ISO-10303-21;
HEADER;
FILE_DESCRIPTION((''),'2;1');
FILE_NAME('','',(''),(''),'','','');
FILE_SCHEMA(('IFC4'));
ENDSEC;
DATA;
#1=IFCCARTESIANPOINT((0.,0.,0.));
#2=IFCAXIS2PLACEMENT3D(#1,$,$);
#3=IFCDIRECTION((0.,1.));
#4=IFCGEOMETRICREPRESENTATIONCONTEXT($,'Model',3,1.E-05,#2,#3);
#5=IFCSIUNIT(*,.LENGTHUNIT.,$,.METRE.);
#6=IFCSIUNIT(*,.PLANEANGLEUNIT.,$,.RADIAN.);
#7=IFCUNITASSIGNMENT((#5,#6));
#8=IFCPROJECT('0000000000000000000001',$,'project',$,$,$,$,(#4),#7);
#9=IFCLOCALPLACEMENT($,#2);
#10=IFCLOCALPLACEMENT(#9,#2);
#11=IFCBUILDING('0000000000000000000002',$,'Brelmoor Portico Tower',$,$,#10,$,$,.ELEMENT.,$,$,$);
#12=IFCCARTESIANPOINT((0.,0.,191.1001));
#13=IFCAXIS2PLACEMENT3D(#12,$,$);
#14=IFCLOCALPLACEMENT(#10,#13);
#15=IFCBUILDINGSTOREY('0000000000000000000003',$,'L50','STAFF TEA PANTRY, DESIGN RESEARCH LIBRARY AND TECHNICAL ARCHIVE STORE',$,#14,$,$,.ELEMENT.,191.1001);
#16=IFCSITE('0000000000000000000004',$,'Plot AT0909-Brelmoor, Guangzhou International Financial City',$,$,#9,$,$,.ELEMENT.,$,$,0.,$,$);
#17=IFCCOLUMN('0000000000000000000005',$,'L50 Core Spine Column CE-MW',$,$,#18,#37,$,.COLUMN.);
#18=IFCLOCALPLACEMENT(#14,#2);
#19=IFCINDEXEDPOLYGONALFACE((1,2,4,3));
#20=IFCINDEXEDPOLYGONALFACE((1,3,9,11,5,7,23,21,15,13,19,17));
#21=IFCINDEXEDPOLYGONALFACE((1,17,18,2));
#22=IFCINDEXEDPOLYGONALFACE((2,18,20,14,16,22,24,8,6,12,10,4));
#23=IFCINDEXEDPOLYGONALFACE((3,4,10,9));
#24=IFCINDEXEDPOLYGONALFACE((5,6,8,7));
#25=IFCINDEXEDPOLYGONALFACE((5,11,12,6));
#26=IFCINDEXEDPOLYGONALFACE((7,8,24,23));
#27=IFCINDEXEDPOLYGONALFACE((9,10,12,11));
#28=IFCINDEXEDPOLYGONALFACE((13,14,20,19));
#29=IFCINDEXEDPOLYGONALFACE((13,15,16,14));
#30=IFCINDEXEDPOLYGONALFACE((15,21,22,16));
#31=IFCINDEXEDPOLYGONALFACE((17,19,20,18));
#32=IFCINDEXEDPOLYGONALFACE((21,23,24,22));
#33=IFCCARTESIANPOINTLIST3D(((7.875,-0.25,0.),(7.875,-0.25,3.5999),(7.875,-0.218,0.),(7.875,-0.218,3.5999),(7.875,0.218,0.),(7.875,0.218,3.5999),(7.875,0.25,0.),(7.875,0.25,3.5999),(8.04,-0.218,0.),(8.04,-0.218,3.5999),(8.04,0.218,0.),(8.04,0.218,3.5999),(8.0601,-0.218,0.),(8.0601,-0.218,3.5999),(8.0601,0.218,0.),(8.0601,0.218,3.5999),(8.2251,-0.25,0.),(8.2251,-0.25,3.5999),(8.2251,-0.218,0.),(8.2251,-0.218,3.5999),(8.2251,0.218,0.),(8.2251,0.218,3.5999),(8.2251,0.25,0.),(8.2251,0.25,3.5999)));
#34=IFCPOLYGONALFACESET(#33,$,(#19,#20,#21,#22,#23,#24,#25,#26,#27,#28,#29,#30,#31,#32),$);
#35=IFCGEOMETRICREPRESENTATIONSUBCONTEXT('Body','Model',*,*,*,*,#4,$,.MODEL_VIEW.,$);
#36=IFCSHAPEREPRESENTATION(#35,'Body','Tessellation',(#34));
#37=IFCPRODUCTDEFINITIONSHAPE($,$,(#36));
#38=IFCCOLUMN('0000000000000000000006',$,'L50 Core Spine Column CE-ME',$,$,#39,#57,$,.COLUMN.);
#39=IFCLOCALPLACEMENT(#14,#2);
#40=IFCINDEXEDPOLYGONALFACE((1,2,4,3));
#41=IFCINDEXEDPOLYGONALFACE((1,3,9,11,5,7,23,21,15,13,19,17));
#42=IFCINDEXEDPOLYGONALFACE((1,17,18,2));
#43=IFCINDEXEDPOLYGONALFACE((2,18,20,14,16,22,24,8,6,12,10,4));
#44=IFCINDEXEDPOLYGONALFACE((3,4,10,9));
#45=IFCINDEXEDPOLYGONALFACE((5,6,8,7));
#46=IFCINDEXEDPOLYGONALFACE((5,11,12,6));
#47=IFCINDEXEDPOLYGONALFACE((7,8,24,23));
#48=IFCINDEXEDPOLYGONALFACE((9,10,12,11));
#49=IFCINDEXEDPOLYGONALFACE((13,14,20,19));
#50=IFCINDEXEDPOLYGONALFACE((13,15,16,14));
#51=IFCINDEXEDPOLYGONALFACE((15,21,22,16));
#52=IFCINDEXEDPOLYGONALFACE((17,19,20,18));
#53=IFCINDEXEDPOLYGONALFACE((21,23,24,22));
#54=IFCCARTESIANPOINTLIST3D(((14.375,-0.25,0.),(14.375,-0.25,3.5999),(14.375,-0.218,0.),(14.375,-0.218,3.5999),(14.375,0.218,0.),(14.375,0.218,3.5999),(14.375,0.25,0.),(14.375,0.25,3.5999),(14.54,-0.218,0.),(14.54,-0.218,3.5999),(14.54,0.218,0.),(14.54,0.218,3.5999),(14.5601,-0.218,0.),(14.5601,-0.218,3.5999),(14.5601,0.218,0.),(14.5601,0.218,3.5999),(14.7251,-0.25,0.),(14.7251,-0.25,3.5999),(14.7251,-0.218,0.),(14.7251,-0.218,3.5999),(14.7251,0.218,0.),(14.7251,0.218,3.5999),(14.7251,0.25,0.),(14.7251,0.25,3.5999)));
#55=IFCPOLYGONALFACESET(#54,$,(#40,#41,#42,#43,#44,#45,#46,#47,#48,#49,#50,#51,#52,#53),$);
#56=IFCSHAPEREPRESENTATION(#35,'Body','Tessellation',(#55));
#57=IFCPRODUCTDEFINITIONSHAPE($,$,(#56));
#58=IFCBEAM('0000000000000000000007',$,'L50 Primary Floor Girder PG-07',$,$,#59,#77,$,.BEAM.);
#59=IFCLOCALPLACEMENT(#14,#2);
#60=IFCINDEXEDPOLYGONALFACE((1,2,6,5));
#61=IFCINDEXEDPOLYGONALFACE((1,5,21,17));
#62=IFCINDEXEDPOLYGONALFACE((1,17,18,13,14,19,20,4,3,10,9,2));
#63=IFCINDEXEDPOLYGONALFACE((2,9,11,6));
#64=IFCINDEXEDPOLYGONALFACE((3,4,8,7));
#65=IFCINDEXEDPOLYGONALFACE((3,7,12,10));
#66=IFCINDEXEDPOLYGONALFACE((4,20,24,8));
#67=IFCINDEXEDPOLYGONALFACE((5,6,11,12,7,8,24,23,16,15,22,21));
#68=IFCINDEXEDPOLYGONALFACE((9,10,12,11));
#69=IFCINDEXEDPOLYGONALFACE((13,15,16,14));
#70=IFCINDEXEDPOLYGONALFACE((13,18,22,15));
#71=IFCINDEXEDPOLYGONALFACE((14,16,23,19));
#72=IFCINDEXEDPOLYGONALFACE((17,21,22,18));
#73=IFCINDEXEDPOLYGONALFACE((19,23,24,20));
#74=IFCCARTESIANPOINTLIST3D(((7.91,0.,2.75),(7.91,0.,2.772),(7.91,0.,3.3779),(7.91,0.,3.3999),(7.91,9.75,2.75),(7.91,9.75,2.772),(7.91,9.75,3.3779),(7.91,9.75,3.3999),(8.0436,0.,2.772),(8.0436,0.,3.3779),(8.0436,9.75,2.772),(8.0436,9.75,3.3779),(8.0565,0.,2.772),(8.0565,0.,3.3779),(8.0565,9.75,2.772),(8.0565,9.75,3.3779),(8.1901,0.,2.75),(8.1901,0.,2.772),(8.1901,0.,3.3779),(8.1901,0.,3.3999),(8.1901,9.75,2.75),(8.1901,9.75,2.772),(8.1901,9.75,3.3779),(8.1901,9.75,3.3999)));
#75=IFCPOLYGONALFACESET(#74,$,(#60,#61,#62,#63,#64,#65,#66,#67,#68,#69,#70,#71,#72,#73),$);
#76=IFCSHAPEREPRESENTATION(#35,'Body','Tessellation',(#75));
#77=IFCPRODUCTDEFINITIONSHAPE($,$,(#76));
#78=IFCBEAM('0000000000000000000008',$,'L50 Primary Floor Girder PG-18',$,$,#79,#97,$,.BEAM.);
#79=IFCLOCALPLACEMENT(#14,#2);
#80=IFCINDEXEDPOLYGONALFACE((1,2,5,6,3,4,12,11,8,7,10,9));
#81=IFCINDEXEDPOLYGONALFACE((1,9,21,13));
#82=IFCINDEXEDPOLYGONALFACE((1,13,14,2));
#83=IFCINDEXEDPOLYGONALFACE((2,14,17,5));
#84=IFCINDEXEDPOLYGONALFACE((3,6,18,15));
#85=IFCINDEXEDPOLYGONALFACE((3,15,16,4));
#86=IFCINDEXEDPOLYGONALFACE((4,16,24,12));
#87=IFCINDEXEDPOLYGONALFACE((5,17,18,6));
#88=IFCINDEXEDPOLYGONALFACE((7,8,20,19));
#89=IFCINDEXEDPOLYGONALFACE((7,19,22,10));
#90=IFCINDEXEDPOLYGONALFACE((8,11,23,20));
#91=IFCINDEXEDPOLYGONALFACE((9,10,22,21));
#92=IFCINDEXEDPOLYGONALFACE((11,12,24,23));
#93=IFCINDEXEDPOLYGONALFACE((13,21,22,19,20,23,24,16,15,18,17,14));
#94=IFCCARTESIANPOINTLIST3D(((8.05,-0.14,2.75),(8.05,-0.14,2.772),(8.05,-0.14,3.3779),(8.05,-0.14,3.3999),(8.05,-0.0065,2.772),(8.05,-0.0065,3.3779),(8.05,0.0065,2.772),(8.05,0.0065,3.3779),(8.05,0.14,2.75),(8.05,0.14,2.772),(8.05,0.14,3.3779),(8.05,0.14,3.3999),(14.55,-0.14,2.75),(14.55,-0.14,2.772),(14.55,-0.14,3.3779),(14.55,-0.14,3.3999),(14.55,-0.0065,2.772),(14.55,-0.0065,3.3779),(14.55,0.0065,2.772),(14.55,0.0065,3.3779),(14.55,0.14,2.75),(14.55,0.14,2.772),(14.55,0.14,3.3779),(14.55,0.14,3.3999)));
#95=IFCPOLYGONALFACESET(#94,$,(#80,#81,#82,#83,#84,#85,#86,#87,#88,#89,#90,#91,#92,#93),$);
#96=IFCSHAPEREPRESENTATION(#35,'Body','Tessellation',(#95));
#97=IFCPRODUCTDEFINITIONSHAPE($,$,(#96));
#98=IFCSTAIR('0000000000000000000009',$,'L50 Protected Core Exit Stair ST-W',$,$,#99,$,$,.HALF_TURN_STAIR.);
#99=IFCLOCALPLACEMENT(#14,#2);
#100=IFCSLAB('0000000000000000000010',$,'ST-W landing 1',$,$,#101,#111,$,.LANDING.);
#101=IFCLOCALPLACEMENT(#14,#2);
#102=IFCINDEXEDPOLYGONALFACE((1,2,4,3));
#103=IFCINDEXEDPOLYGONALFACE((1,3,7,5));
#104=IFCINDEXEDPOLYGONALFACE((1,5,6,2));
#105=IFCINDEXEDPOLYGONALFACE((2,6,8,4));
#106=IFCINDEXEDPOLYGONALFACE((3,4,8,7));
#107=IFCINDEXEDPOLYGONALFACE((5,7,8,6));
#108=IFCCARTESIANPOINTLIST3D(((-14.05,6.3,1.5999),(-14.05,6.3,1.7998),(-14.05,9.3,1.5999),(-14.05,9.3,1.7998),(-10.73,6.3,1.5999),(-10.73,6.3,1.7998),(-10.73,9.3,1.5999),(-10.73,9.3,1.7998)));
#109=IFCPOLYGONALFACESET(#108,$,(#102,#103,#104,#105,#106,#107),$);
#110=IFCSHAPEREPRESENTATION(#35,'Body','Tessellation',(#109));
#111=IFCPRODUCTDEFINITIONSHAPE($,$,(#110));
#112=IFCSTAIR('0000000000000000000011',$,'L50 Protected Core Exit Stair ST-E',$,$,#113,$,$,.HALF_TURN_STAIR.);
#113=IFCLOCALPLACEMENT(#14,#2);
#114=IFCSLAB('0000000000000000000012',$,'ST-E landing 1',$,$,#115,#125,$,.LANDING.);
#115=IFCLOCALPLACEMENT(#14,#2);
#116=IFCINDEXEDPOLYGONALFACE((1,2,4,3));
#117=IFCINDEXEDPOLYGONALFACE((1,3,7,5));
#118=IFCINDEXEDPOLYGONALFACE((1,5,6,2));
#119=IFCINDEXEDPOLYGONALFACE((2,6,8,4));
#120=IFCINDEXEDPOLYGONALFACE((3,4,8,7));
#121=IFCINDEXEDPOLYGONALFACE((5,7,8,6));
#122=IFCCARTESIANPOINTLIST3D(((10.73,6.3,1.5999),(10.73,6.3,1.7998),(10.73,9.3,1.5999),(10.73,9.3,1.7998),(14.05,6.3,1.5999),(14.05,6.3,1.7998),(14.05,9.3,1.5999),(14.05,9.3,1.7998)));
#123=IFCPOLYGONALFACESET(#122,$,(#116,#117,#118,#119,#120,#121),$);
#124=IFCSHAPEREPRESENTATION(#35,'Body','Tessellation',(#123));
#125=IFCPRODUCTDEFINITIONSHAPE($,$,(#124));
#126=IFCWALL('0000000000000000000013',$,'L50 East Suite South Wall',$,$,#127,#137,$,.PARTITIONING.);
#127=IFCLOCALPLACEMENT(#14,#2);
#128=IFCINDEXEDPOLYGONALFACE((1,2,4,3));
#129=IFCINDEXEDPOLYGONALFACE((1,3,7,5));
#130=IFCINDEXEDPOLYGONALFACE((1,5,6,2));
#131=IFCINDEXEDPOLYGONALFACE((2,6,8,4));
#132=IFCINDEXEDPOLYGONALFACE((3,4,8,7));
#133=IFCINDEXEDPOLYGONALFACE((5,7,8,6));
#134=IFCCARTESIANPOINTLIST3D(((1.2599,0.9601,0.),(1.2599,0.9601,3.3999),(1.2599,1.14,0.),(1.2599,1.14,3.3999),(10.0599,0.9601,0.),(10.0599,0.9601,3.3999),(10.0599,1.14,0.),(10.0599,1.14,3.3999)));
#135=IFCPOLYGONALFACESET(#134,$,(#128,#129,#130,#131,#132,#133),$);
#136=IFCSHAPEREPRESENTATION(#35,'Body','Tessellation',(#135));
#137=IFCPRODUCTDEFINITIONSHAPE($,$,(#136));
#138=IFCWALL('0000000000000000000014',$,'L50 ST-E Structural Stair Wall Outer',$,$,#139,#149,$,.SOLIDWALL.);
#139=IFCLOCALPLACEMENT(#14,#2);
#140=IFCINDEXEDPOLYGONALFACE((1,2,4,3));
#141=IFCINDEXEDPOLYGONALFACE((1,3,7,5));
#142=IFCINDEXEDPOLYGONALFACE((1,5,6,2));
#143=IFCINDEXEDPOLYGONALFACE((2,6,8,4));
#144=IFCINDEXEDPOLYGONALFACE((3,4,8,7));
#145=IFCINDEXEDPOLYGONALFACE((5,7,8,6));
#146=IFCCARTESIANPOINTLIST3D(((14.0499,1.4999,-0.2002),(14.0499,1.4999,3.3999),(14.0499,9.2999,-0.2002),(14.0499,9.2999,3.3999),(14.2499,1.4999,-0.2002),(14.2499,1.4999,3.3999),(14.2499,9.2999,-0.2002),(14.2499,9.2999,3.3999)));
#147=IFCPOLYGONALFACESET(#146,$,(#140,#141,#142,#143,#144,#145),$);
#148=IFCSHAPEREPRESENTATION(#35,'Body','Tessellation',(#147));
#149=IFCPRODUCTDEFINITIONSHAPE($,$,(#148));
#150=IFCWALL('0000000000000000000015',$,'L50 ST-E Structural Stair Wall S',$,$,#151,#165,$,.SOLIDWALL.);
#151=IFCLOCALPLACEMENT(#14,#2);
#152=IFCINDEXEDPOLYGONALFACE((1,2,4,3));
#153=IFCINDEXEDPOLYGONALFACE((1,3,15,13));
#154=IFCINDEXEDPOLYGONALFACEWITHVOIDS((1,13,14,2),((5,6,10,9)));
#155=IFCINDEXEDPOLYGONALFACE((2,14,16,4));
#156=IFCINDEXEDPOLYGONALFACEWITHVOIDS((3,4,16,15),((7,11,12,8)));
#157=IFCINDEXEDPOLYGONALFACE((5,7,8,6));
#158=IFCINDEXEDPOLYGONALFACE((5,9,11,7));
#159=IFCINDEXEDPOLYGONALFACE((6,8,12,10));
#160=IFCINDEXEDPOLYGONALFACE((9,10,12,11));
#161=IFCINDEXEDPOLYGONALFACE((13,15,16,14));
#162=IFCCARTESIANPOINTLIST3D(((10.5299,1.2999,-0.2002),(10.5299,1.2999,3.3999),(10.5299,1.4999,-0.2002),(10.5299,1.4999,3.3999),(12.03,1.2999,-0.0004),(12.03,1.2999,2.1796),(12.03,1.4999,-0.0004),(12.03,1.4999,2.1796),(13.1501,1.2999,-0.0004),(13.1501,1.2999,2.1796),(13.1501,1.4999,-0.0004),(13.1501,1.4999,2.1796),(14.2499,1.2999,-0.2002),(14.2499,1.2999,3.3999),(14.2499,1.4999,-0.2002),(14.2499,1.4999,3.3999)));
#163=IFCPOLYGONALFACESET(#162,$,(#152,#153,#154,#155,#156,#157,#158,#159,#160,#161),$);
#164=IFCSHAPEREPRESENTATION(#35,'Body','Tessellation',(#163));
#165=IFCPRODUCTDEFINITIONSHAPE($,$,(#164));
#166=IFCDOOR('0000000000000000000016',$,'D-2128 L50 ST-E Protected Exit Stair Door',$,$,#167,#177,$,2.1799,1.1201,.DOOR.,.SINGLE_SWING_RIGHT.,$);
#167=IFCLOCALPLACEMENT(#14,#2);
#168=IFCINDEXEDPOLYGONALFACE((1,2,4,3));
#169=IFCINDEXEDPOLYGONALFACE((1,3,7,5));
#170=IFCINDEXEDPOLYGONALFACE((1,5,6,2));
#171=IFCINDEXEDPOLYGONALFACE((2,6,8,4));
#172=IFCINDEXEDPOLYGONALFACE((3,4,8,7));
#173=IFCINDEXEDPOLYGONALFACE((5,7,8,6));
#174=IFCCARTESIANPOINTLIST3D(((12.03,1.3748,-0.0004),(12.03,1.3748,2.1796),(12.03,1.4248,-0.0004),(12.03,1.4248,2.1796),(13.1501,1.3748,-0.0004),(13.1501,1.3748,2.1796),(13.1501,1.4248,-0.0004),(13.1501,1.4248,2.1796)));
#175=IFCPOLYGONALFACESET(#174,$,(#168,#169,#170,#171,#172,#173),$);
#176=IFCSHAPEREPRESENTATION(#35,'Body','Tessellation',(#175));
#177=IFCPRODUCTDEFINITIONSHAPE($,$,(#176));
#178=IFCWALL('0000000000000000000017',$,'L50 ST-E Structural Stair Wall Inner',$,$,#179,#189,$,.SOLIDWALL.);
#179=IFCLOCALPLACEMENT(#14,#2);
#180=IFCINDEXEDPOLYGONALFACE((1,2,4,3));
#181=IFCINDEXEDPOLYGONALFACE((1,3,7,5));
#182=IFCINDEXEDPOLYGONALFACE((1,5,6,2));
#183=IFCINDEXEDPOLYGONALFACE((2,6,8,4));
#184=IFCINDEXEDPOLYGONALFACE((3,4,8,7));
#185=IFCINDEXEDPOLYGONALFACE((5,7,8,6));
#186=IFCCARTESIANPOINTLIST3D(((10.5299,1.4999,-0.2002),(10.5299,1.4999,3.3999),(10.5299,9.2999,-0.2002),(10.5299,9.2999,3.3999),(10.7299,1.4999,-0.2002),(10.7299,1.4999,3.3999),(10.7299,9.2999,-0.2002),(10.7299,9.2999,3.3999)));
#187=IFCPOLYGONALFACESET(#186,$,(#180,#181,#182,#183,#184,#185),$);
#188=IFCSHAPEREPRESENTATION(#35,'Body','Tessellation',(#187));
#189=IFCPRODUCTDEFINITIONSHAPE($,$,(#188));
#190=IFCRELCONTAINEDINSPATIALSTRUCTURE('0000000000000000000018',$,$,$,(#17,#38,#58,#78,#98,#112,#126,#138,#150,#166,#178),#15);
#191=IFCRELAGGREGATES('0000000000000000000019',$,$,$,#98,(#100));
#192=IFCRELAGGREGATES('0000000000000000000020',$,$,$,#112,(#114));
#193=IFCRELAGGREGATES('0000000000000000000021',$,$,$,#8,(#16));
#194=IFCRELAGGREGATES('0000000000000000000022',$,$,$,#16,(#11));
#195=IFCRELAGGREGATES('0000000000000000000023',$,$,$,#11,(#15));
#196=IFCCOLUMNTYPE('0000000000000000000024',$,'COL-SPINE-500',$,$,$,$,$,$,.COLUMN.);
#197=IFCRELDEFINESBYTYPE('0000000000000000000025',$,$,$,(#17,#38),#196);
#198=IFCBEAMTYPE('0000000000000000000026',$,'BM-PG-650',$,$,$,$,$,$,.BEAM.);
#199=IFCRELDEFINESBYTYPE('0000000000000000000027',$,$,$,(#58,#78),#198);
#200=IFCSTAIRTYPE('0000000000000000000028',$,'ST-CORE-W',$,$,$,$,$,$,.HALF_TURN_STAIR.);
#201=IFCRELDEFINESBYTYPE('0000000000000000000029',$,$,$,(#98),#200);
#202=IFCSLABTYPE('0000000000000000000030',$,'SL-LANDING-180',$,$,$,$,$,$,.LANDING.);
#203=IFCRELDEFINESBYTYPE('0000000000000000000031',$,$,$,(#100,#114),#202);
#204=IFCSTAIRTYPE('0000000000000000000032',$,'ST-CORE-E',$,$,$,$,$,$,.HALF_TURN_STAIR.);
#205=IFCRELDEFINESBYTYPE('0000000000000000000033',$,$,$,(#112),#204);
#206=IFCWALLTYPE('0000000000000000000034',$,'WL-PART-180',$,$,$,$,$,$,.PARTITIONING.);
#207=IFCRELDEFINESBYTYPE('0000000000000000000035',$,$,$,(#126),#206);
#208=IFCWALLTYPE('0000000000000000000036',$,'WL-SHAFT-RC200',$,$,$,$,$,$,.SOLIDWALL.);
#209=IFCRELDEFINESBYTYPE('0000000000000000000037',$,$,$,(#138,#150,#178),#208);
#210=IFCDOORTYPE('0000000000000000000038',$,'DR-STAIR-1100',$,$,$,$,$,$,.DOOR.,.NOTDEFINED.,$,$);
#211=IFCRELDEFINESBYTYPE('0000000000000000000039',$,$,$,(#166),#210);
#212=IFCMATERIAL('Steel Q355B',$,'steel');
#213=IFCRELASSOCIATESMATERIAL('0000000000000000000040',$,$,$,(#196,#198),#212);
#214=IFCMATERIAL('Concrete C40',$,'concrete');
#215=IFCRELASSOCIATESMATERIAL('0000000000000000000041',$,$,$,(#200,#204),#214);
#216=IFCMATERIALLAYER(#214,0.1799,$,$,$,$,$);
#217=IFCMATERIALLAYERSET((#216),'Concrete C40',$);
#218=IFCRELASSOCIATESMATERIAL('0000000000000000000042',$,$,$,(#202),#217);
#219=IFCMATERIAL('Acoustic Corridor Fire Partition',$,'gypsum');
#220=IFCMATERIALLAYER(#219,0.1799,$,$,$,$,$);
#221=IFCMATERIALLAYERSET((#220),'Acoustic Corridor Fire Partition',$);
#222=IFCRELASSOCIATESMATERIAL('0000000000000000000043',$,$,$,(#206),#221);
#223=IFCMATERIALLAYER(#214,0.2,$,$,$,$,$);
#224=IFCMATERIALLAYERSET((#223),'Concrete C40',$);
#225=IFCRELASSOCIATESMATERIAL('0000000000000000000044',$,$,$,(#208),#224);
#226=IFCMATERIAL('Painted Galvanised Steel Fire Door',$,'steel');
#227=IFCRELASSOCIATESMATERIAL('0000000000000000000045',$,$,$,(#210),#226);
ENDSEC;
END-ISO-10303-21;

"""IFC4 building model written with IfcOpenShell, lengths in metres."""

from ifc_helpers import new_model, si_unit, direction, frame, frame_2d, origin, origin_2d, place, context, subcontext, project, spatial, polyline, rectangle, i_section, outline, extrude, material, layer, layer_set, material_profile, profile_set, type_object, element, fill, aggregate, save


model = new_model("IFC4")

# Units and contexts
model_context = context("Model", 3, precision=1e-05, world=origin(), true_north=direction((0.0, 1.0)))
body_context = subcontext(model_context, "Body", "Model", "MODEL_VIEW")
ifc_project = project(units=[si_unit("LENGTHUNIT", "METRE"), si_unit("PLANEANGLEUNIT", "RADIAN")], contexts=[model_context])

# Site, building, storey
site_placement = place(None, origin())
site = spatial("IfcSite", under=ifc_project, at=site_placement, Name="Plot AT0909-Brelmoor, Guangzhou International Financial City", CompositionType="ELEMENT", RefElevation=0.0)
building_placement = place(site_placement, origin())
building = spatial("IfcBuilding", under=site, at=building_placement, Name="Brelmoor Portico Tower", CompositionType="ELEMENT")
storey_placement = place(building_placement, frame((0.0, 0.0, 191.1001)))
storey = spatial("IfcBuildingStorey", under=building, at=storey_placement, Name="L50", Description="STAFF TEA PANTRY, DESIGN RESEARCH LIBRARY AND TECHNICAL ARCHIVE STORE", CompositionType="ELEMENT", Elevation=191.1001)

# Columns
ifc_material_1 = material(Name="Steel Q355B", Category="steel")
ifc_material_profile_1 = material_profile(ifc_material_1, i_section(OverallWidth=0.3501, OverallDepth=0.5, WebThickness=0.02, FlangeThickness=0.032, at=origin_2d()), Name="HW 500x350x20x32")
ifc_profile_set_1 = profile_set([ifc_material_profile_1], Name="Steel Q355B")
column_type = type_object("IfcColumnType", Name="COL-SPINE-500", PredefinedType="COLUMN", material=ifc_profile_set_1)
for number, where, z_axis, x_axis, name in (
    (1, (8.05, 0.0, 0.0), (0.0, 0.0, 1.0), (1.0, 0.0, 0.0), "L50 Core Spine Column CE-MW"),
    (2, (14.55, 0.0, 0.0), (0.0, 0.0, 1.0), (1.0, 0.0, 0.0), "L50 Core Spine Column CE-ME"),
):
    element("IfcColumn", number, at=place(storey_placement, frame(where, z_axis=z_axis, x_axis=x_axis)), inside=storey, type_object=column_type, Name=name, PredefinedType="COLUMN", context=body_context, shape_type="SweptSolid", body=[
        extrude(i_section(OverallWidth=0.3501, OverallDepth=0.5, WebThickness=0.02, FlangeThickness=0.032, at=origin_2d()), origin(), (0.0, 0.0, 1.0), 3.5999),
    ])

# Beams
ifc_material_profile_2 = material_profile(ifc_material_1, i_section(OverallWidth=0.28, OverallDepth=0.6499, WebThickness=0.0129, FlangeThickness=0.022, at=origin_2d()), Name="HN 650x280x13x22")
ifc_profile_set_2 = profile_set([ifc_material_profile_2], Name="Steel Q355B")
beam_type = type_object("IfcBeamType", Name="BM-PG-650", PredefinedType="BEAM", material=ifc_profile_set_2)
beam_1_placement = place(storey_placement, frame((8.05, 0.0, 3.075), z_axis=(0.0, 1.0, 0.0), x_axis=(-1.0, 0.0, 0.0)))
element("IfcBeam", 3, at=beam_1_placement, inside=storey, type_object=beam_type, Name="L50 Primary Floor Girder PG-07", PredefinedType="BEAM", context=body_context, shape_type="SweptSolid", body=[
    extrude(i_section(OverallWidth=0.28, OverallDepth=0.6499, WebThickness=0.0129, FlangeThickness=0.022, at=origin_2d()), origin(), (0.0, 0.0, 1.0), 9.75),
])
beam_2_placement = place(storey_placement, frame((8.05, 0.0, 3.075), z_axis=(1.0, 0.0, 0.0), x_axis=(0.0, 1.0, 0.0)))
element("IfcBeam", 4, at=beam_2_placement, inside=storey, type_object=beam_type, Name="L50 Primary Floor Girder PG-18", PredefinedType="BEAM", context=body_context, shape_type="SweptSolid", body=[
    extrude(i_section(OverallWidth=0.28, OverallDepth=0.6499, WebThickness=0.0129, FlangeThickness=0.022, at=origin_2d()), origin(), (0.0, 0.0, 1.0), 6.5),
])

# Stairs, slabs
ifc_material_2 = material(Name="Concrete C40", Category="concrete")
stair_type_1 = type_object("IfcStairType", Name="ST-CORE-W", PredefinedType="HALF_TURN_STAIR", material=ifc_material_2)
stair_1_placement = place(storey_placement, origin())
stair_1 = element("IfcStair", 5, at=stair_1_placement, inside=storey, type_object=stair_type_1, Name="L50 Protected Core Exit Stair ST-W", PredefinedType="HALF_TURN_STAIR")
ifc_layer_1 = layer(ifc_material_2, 0.1799)
ifc_layer_set_1 = layer_set([ifc_layer_1], Name="Concrete C40")
slab_type = type_object("IfcSlabType", Name="SL-LANDING-180", PredefinedType="LANDING", material=ifc_layer_set_1)
slab_1_placement = place(storey_placement, frame((0.0, 0.0, 1.5999)))
slab_1 = element("IfcSlab", 6, at=slab_1_placement, type_object=slab_type, Name="ST-W landing 1", PredefinedType="LANDING", context=body_context, shape_type="SweptSolid", body=[
    extrude(outline(polyline([(-10.73, 6.3), (-10.73, 9.3), (-14.05, 9.3), (-14.05, 6.3), (-10.73, 6.3)])), origin(), (0.0, 0.0, 1.0), 0.2),
])
aggregate(stair_1, [slab_1])
stair_type_2 = type_object("IfcStairType", Name="ST-CORE-E", PredefinedType="HALF_TURN_STAIR", material=ifc_material_2)
stair_2_placement = place(storey_placement, origin())
stair_2 = element("IfcStair", 7, at=stair_2_placement, inside=storey, type_object=stair_type_2, Name="L50 Protected Core Exit Stair ST-E", PredefinedType="HALF_TURN_STAIR")
slab_2_placement = place(storey_placement, frame((0.0, 0.0, 1.5999)))
slab_2 = element("IfcSlab", 8, at=slab_2_placement, type_object=slab_type, Name="ST-E landing 1", PredefinedType="LANDING", context=body_context, shape_type="SweptSolid", body=[
    extrude(outline(polyline([(14.05, 6.3), (14.05, 9.3), (10.73, 9.3), (10.73, 6.3), (14.05, 6.3)])), origin(), (0.0, 0.0, 1.0), 0.2),
])

# Walls
ifc_material_3 = material(Name="Acoustic Corridor Fire Partition", Category="gypsum")
ifc_layer_2 = layer(ifc_material_3, 0.1799)
ifc_layer_set_2 = layer_set([ifc_layer_2], Name="Acoustic Corridor Fire Partition")
wall_type_1 = type_object("IfcWallType", Name="WL-PART-180", PredefinedType="PARTITIONING", material=ifc_layer_set_2)
wall_1_placement = place(storey_placement, frame((1.26, 1.05, 0.0), z_axis=(0.0, 0.0, 1.0), x_axis=(1.0, 0.0, 0.0)))
element("IfcWall", 9, at=wall_1_placement, inside=storey, type_object=wall_type_1, Name="L50 East Suite South Wall", PredefinedType="PARTITIONING", context=body_context, shape_type="SweptSolid", body=[
    extrude(rectangle(XDim=8.8, YDim=0.1799, at=frame_2d((4.3999, 0.0))), origin(), (0.0, 0.0, 1.0), 3.3999),
])
ifc_layer_3 = layer(ifc_material_2, 0.2)
ifc_layer_set_3 = layer_set([ifc_layer_3], Name="Concrete C40")
wall_type_2 = type_object("IfcWallType", Name="WL-SHAFT-RC200", PredefinedType="SOLIDWALL", material=ifc_layer_set_3)
wall_2_placement = place(storey_placement, frame((14.1499, 1.5, -0.2002), z_axis=(0.0, 0.0, 1.0), x_axis=(0.0, 1.0, 0.0)))
element("IfcWall", 10, at=wall_2_placement, inside=storey, type_object=wall_type_2, Name="L50 ST-E Structural Stair Wall Outer", PredefinedType="SOLIDWALL", context=body_context, shape_type="SweptSolid", body=[
    extrude(rectangle(XDim=7.8, YDim=0.2, at=frame_2d((3.8999, 0.0))), origin(), (0.0, 0.0, 1.0), 3.6001),
])

# Wall, opening, door
wall_3_placement = place(storey_placement, frame((10.53, 1.3999, -0.2002), z_axis=(0.0, 0.0, 1.0), x_axis=(1.0, 0.0, 0.0)))
wall_3 = element("IfcWall", 11, at=wall_3_placement, inside=storey, type_object=wall_type_2, Name="L50 ST-E Structural Stair Wall S", PredefinedType="SOLIDWALL", context=body_context, shape_type="SweptSolid", body=[
    extrude(rectangle(XDim=3.72, YDim=0.2, at=frame_2d((1.8599, 0.0))), origin(), (0.0, 0.0, 1.0), 3.6001),
])
opening_placement = place(wall_3_placement, frame((1.5, 0.0, 0.2)))
opening = element("IfcOpeningElement", 12, at=opening_placement, cuts=wall_3, PredefinedType="OPENING", context=body_context, shape_type="SweptSolid", body=[
    extrude(rectangle(XDim=1.1201, YDim=2.1799, at=frame_2d((0.5601, 1.0898))), frame((0.0, 0.1099, 0.0), z_axis=(0.0, -1.0, 0.0), x_axis=(1.0, 0.0, 0.0)), (0.0, 0.0, 1.0), 0.22),
])
ifc_material_4 = material(Name="Painted Galvanised Steel Fire Door", Category="steel")
door_type = type_object("IfcDoorType", Name="DR-STAIR-1100", OperationType="NOTDEFINED", PredefinedType="DOOR", material=ifc_material_4)
door_placement = place(opening_placement, origin())
door = element("IfcDoor", 13, at=door_placement, inside=storey, type_object=door_type, Name="D-2128 L50 ST-E Protected Exit Stair Door", OperationType="SINGLE_SWING_RIGHT", OverallHeight=2.1799, OverallWidth=1.1201, PredefinedType="DOOR", context=body_context, shape_type="SweptSolid", body=[
    extrude(rectangle(XDim=1.1201, YDim=2.1799, at=frame_2d((0.5601, 1.0898))), frame((0.0, 0.0249, 0.0), z_axis=(0.0, -1.0, 0.0), x_axis=(1.0, 0.0, 0.0)), (0.0, 0.0, 1.0), 0.05),
])
fill(opening, door)

# Wall
wall_4_placement = place(storey_placement, frame((10.6299, 1.5, -0.2002), z_axis=(0.0, 0.0, 1.0), x_axis=(0.0, 1.0, 0.0)))
element("IfcWall", 14, at=wall_4_placement, inside=storey, type_object=wall_type_2, Name="L50 ST-E Structural Stair Wall Inner", PredefinedType="SOLIDWALL", context=body_context, shape_type="SweptSolid", body=[
    extrude(rectangle(XDim=7.8, YDim=0.2, at=frame_2d((3.8999, 0.0))), origin(), (0.0, 0.0, 1.0), 3.6001),
])

aggregate(stair_2, [slab_2])

save(model, "model.ifc")
